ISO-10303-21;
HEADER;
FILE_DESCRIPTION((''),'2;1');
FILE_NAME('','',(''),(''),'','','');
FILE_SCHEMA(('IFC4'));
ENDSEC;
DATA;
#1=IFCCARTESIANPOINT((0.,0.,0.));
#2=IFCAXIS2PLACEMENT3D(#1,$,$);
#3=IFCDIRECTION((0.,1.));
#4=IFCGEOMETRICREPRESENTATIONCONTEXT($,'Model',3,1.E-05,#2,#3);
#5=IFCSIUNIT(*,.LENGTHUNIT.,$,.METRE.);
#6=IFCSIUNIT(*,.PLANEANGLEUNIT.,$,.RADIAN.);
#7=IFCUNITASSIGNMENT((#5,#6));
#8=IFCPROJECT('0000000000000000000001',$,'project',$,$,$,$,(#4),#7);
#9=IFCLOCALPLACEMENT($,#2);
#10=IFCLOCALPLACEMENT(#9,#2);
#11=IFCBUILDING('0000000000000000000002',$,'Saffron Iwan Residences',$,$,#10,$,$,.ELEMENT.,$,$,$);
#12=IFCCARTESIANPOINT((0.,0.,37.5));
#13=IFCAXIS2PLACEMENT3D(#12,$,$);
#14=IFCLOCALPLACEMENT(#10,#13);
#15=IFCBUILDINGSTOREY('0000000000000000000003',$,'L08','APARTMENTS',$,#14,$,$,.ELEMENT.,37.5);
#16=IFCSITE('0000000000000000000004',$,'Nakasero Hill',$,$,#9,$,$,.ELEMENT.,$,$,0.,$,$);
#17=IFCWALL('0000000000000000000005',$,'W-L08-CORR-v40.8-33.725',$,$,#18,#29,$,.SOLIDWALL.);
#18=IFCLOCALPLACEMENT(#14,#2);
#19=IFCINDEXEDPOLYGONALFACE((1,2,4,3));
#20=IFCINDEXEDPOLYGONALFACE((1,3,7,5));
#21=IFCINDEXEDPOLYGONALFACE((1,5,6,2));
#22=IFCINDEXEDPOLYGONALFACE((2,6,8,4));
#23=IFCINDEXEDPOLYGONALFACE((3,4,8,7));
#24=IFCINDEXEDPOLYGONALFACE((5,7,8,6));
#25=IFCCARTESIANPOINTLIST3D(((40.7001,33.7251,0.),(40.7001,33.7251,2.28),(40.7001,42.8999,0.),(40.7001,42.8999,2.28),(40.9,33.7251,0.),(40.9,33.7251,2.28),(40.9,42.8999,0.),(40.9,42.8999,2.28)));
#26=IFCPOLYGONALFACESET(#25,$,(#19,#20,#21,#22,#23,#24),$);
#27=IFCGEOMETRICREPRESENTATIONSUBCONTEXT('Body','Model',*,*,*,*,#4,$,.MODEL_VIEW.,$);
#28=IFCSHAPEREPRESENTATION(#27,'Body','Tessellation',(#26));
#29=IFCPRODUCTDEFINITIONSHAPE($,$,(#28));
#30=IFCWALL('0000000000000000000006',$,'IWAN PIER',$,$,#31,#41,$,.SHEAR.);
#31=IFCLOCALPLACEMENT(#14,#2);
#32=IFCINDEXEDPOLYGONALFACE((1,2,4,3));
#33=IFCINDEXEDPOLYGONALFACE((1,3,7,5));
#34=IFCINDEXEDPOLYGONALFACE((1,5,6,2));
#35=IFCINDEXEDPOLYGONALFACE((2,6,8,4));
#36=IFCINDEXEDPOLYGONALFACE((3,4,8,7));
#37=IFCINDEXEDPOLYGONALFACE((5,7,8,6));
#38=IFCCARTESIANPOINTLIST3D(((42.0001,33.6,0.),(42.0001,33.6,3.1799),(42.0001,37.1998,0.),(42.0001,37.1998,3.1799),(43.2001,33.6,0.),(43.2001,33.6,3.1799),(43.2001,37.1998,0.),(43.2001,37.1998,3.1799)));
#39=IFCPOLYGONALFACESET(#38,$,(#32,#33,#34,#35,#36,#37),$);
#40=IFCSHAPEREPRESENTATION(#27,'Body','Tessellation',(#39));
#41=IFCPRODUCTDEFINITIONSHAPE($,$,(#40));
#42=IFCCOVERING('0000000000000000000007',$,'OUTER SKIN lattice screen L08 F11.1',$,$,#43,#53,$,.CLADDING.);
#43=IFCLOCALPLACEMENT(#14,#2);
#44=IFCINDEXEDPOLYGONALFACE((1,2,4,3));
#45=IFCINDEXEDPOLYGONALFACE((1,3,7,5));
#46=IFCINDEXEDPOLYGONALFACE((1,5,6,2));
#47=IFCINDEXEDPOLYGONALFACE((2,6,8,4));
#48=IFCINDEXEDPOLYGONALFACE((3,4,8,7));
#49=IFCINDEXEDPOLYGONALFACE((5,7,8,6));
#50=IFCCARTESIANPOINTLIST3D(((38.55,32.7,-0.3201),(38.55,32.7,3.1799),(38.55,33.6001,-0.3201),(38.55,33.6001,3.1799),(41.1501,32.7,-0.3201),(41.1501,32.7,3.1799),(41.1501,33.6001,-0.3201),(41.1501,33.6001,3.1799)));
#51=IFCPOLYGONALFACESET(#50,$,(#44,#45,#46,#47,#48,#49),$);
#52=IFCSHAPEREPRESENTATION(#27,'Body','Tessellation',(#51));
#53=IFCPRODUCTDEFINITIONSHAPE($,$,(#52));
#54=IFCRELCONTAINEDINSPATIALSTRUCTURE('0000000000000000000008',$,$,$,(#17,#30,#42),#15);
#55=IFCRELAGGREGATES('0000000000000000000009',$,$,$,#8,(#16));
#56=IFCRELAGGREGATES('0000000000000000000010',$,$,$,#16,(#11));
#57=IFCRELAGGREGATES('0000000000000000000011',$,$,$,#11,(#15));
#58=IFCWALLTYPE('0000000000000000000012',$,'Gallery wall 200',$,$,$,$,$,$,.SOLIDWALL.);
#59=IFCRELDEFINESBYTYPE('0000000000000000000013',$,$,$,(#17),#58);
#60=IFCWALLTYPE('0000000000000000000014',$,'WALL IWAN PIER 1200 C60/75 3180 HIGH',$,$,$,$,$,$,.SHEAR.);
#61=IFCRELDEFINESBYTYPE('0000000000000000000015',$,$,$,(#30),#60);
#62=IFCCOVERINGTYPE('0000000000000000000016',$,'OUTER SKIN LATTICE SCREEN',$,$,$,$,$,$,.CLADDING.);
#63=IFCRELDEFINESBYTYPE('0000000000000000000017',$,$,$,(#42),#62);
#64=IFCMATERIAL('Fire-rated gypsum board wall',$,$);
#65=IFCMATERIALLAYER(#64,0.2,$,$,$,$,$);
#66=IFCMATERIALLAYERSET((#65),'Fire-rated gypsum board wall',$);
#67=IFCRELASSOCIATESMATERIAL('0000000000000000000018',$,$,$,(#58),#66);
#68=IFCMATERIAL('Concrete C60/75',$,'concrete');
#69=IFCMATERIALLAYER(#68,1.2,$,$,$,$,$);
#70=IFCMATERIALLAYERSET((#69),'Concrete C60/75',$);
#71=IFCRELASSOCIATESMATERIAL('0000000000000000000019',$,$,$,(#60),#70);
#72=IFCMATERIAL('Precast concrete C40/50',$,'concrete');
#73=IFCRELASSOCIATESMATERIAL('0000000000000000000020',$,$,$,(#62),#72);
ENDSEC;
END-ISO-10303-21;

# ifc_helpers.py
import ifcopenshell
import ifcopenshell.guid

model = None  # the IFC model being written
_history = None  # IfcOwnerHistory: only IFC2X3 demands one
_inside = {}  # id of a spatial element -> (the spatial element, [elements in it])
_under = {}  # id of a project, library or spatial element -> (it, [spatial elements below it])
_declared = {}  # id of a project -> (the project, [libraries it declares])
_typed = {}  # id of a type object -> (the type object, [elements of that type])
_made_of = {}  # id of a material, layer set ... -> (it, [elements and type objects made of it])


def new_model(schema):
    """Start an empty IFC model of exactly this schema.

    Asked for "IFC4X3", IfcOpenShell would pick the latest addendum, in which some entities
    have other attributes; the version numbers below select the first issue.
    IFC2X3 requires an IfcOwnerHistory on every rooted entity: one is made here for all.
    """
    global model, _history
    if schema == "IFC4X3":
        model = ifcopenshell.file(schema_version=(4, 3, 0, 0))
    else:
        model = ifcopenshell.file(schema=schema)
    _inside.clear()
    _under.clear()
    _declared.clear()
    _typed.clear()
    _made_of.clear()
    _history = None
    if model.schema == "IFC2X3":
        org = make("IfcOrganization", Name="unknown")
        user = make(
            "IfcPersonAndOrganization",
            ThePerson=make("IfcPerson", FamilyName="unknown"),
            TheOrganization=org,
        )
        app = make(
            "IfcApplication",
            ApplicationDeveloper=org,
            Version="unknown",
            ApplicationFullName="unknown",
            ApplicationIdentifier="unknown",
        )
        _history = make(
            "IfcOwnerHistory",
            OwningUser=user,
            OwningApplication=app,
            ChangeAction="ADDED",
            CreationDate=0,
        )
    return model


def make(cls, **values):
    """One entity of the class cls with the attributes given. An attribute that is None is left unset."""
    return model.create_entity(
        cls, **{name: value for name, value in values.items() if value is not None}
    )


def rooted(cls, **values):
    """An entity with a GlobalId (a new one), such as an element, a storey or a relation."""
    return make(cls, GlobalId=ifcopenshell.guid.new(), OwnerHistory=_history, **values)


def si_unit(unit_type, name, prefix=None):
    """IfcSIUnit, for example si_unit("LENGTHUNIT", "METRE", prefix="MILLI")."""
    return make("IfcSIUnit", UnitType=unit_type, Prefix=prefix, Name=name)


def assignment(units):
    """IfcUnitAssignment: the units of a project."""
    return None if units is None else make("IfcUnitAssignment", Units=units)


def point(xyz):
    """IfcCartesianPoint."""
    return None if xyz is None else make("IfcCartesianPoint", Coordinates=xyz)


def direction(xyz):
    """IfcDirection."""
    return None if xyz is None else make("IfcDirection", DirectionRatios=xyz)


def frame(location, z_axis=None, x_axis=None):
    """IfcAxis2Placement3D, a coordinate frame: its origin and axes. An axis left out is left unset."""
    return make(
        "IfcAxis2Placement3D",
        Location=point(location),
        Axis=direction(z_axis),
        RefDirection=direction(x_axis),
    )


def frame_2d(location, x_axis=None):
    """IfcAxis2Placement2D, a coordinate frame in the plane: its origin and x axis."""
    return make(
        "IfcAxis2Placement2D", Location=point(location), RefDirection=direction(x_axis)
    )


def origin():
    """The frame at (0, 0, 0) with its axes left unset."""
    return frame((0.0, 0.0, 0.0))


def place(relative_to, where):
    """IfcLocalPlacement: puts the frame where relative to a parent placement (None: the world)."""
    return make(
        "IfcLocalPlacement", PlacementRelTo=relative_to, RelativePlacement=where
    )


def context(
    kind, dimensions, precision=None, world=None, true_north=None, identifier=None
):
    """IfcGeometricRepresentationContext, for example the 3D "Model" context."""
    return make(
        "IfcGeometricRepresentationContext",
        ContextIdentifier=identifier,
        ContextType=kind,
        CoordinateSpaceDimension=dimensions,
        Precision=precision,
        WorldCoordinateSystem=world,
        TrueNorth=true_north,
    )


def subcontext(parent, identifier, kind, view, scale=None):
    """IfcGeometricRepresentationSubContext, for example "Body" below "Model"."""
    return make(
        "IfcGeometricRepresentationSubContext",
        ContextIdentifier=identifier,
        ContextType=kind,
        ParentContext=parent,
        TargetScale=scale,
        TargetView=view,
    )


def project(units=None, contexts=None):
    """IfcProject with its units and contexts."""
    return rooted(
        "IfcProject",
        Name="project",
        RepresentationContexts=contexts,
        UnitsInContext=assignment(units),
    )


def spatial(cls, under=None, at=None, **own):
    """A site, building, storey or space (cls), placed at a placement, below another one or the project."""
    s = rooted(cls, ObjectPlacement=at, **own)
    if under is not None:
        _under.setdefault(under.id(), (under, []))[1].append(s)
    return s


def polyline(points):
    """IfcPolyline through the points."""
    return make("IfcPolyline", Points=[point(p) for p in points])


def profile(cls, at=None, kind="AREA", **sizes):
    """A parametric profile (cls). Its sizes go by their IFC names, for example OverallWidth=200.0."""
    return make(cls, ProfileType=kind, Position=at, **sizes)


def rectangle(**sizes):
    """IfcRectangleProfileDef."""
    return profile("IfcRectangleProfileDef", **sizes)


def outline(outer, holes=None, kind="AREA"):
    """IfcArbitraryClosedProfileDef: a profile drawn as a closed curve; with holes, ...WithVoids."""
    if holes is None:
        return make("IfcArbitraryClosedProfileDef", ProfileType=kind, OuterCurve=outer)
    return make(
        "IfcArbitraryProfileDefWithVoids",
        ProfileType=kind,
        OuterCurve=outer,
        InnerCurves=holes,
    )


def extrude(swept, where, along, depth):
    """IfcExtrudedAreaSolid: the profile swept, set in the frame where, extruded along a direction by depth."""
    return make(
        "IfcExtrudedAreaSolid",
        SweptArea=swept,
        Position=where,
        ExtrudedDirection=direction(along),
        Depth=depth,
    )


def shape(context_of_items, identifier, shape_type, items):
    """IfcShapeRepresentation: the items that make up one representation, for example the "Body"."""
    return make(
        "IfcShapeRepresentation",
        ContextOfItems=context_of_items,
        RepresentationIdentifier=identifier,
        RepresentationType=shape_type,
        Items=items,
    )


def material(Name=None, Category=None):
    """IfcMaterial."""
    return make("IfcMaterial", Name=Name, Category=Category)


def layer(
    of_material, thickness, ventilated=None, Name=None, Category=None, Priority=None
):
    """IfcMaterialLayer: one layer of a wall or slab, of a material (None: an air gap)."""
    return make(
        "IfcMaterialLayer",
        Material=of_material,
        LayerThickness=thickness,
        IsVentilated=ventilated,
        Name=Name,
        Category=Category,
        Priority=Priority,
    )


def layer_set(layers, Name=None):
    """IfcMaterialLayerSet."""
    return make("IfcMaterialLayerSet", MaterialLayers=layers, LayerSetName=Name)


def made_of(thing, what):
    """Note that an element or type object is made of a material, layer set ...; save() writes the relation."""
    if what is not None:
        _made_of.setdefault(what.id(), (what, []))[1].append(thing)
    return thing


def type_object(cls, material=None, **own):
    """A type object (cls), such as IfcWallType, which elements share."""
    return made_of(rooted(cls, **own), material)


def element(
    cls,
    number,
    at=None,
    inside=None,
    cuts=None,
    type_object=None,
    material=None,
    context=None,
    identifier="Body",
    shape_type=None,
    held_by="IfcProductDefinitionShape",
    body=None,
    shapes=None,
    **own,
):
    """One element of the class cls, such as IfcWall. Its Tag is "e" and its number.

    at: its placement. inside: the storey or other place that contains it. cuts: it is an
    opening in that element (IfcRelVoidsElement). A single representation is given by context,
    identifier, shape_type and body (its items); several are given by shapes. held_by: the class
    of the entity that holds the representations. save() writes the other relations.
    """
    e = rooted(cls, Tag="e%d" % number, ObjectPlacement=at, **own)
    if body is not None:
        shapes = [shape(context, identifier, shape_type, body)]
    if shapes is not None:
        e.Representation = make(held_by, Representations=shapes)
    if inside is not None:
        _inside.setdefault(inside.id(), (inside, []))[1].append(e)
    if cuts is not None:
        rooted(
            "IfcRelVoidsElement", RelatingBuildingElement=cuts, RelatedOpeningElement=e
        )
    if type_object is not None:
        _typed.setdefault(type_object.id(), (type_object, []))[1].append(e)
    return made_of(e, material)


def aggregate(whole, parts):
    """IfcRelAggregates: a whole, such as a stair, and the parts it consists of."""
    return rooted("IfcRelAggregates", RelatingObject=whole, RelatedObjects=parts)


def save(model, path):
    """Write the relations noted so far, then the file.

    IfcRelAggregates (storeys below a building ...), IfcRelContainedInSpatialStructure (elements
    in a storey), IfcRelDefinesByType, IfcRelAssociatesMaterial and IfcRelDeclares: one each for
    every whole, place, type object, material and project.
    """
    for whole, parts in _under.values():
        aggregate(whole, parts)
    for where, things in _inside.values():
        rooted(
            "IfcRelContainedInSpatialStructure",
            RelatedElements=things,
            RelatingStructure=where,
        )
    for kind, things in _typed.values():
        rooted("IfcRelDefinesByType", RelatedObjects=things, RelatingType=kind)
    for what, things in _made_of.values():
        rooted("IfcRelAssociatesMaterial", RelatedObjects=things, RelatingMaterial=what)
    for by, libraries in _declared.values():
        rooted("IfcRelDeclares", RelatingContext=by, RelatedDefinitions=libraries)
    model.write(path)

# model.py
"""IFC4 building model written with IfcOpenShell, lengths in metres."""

from ifc_helpers import new_model, si_unit, direction, frame, frame_2d, origin, place, context, subcontext, project, spatial, polyline, rectangle, outline, extrude, material, layer, layer_set, type_object, element, save


model = new_model("IFC4")

# Units and contexts
model_context = context("Model", 3, precision=1e-05, world=origin(), true_north=direction((0.0, 1.0)))
body_context = subcontext(model_context, "Body", "Model", "MODEL_VIEW")
ifc_project = project(units=[si_unit("LENGTHUNIT", "METRE"), si_unit("PLANEANGLEUNIT", "RADIAN")], contexts=[model_context])

# Site, building, storey
site_placement = place(None, origin())
site = spatial("IfcSite", under=ifc_project, at=site_placement, Name="Nakasero Hill", CompositionType="ELEMENT", RefElevation=0.0)
building_placement = place(site_placement, origin())
building = spatial("IfcBuilding", under=site, at=building_placement, Name="Saffron Iwan Residences", CompositionType="ELEMENT")
storey_placement = place(building_placement, frame((0.0, 0.0, 37.5)))
storey = spatial("IfcBuildingStorey", under=building, at=storey_placement, Name="L08", Description="APARTMENTS", CompositionType="ELEMENT", Elevation=37.5)

# Shared definitions
ifc_material_1 = material(Name="Concrete C60/75", Category="concrete")

# Walls
ifc_material_2 = material(Name="Fire-rated gypsum board wall")
ifc_layer_1 = layer(ifc_material_2, 0.2)
ifc_layer_set_1 = layer_set([ifc_layer_1], Name="Fire-rated gypsum board wall")
wall_type_1 = type_object("IfcWallType", Name="Gallery wall 200", PredefinedType="SOLIDWALL", material=ifc_layer_set_1)
wall_1_placement = place(storey_placement, frame((40.8, 33.7251, 0.0), z_axis=(0.0, 0.0, 1.0), x_axis=(0.0, 1.0, 0.0)))
element("IfcWall", 1, at=wall_1_placement, inside=storey, type_object=wall_type_1, Name="W-L08-CORR-v40.8-33.725", PredefinedType="SOLIDWALL", context=body_context, shape_type="SweptSolid", body=[
    extrude(rectangle(XDim=9.1748, YDim=0.2, at=frame_2d((4.5874, 0.0))), origin(), (0.0, 0.0, 1.0), 2.28),
])
ifc_layer_2 = layer(ifc_material_1, 1.2)
ifc_layer_set_2 = layer_set([ifc_layer_2], Name="Concrete C60/75")
wall_type_2 = type_object("IfcWallType", Name="WALL IWAN PIER 1200 C60/75 3180 HIGH", PredefinedType="SHEAR", material=ifc_layer_set_2)
wall_2_placement = place(storey_placement, frame((42.6001, 33.6001, 0.0), z_axis=(0.0, 0.0, 1.0), x_axis=(0.0, 1.0, 0.0)))
element("IfcWall", 2, at=wall_2_placement, inside=storey, type_object=wall_type_2, Name="IWAN PIER", PredefinedType="SHEAR", context=body_context, shape_type="SweptSolid", body=[
    extrude(rectangle(XDim=3.5999, YDim=1.2, at=frame_2d((1.7998, 0.0))), origin(), (0.0, 0.0, 1.0), 3.1799),
])

# Covering
ifc_material_3 = material(Name="Precast concrete C40/50", Category="concrete")
covering_type = type_object("IfcCoveringType", Name="OUTER SKIN LATTICE SCREEN", PredefinedType="CLADDING", material=ifc_material_3)
covering_placement = place(storey_placement, frame((38.55, 33.6001, -0.3201), z_axis=(0.0, -1.0, 0.0), x_axis=(1.0, 0.0, 0.0)))
element("IfcCovering", 3, at=covering_placement, inside=storey, type_object=covering_type, Name="OUTER SKIN lattice screen L08 F11.1", PredefinedType="CLADDING", context=body_context, shape_type="SweptSolid", body=[
    extrude(outline(polyline([(0.0, 0.0), (2.6001, 0.0), (2.6001, 3.5), (0.0, 3.5), (0.0, 0.0)])), origin(), (0.0, 0.0, 1.0), 0.9001),
])

save(model, "model.ifc")
